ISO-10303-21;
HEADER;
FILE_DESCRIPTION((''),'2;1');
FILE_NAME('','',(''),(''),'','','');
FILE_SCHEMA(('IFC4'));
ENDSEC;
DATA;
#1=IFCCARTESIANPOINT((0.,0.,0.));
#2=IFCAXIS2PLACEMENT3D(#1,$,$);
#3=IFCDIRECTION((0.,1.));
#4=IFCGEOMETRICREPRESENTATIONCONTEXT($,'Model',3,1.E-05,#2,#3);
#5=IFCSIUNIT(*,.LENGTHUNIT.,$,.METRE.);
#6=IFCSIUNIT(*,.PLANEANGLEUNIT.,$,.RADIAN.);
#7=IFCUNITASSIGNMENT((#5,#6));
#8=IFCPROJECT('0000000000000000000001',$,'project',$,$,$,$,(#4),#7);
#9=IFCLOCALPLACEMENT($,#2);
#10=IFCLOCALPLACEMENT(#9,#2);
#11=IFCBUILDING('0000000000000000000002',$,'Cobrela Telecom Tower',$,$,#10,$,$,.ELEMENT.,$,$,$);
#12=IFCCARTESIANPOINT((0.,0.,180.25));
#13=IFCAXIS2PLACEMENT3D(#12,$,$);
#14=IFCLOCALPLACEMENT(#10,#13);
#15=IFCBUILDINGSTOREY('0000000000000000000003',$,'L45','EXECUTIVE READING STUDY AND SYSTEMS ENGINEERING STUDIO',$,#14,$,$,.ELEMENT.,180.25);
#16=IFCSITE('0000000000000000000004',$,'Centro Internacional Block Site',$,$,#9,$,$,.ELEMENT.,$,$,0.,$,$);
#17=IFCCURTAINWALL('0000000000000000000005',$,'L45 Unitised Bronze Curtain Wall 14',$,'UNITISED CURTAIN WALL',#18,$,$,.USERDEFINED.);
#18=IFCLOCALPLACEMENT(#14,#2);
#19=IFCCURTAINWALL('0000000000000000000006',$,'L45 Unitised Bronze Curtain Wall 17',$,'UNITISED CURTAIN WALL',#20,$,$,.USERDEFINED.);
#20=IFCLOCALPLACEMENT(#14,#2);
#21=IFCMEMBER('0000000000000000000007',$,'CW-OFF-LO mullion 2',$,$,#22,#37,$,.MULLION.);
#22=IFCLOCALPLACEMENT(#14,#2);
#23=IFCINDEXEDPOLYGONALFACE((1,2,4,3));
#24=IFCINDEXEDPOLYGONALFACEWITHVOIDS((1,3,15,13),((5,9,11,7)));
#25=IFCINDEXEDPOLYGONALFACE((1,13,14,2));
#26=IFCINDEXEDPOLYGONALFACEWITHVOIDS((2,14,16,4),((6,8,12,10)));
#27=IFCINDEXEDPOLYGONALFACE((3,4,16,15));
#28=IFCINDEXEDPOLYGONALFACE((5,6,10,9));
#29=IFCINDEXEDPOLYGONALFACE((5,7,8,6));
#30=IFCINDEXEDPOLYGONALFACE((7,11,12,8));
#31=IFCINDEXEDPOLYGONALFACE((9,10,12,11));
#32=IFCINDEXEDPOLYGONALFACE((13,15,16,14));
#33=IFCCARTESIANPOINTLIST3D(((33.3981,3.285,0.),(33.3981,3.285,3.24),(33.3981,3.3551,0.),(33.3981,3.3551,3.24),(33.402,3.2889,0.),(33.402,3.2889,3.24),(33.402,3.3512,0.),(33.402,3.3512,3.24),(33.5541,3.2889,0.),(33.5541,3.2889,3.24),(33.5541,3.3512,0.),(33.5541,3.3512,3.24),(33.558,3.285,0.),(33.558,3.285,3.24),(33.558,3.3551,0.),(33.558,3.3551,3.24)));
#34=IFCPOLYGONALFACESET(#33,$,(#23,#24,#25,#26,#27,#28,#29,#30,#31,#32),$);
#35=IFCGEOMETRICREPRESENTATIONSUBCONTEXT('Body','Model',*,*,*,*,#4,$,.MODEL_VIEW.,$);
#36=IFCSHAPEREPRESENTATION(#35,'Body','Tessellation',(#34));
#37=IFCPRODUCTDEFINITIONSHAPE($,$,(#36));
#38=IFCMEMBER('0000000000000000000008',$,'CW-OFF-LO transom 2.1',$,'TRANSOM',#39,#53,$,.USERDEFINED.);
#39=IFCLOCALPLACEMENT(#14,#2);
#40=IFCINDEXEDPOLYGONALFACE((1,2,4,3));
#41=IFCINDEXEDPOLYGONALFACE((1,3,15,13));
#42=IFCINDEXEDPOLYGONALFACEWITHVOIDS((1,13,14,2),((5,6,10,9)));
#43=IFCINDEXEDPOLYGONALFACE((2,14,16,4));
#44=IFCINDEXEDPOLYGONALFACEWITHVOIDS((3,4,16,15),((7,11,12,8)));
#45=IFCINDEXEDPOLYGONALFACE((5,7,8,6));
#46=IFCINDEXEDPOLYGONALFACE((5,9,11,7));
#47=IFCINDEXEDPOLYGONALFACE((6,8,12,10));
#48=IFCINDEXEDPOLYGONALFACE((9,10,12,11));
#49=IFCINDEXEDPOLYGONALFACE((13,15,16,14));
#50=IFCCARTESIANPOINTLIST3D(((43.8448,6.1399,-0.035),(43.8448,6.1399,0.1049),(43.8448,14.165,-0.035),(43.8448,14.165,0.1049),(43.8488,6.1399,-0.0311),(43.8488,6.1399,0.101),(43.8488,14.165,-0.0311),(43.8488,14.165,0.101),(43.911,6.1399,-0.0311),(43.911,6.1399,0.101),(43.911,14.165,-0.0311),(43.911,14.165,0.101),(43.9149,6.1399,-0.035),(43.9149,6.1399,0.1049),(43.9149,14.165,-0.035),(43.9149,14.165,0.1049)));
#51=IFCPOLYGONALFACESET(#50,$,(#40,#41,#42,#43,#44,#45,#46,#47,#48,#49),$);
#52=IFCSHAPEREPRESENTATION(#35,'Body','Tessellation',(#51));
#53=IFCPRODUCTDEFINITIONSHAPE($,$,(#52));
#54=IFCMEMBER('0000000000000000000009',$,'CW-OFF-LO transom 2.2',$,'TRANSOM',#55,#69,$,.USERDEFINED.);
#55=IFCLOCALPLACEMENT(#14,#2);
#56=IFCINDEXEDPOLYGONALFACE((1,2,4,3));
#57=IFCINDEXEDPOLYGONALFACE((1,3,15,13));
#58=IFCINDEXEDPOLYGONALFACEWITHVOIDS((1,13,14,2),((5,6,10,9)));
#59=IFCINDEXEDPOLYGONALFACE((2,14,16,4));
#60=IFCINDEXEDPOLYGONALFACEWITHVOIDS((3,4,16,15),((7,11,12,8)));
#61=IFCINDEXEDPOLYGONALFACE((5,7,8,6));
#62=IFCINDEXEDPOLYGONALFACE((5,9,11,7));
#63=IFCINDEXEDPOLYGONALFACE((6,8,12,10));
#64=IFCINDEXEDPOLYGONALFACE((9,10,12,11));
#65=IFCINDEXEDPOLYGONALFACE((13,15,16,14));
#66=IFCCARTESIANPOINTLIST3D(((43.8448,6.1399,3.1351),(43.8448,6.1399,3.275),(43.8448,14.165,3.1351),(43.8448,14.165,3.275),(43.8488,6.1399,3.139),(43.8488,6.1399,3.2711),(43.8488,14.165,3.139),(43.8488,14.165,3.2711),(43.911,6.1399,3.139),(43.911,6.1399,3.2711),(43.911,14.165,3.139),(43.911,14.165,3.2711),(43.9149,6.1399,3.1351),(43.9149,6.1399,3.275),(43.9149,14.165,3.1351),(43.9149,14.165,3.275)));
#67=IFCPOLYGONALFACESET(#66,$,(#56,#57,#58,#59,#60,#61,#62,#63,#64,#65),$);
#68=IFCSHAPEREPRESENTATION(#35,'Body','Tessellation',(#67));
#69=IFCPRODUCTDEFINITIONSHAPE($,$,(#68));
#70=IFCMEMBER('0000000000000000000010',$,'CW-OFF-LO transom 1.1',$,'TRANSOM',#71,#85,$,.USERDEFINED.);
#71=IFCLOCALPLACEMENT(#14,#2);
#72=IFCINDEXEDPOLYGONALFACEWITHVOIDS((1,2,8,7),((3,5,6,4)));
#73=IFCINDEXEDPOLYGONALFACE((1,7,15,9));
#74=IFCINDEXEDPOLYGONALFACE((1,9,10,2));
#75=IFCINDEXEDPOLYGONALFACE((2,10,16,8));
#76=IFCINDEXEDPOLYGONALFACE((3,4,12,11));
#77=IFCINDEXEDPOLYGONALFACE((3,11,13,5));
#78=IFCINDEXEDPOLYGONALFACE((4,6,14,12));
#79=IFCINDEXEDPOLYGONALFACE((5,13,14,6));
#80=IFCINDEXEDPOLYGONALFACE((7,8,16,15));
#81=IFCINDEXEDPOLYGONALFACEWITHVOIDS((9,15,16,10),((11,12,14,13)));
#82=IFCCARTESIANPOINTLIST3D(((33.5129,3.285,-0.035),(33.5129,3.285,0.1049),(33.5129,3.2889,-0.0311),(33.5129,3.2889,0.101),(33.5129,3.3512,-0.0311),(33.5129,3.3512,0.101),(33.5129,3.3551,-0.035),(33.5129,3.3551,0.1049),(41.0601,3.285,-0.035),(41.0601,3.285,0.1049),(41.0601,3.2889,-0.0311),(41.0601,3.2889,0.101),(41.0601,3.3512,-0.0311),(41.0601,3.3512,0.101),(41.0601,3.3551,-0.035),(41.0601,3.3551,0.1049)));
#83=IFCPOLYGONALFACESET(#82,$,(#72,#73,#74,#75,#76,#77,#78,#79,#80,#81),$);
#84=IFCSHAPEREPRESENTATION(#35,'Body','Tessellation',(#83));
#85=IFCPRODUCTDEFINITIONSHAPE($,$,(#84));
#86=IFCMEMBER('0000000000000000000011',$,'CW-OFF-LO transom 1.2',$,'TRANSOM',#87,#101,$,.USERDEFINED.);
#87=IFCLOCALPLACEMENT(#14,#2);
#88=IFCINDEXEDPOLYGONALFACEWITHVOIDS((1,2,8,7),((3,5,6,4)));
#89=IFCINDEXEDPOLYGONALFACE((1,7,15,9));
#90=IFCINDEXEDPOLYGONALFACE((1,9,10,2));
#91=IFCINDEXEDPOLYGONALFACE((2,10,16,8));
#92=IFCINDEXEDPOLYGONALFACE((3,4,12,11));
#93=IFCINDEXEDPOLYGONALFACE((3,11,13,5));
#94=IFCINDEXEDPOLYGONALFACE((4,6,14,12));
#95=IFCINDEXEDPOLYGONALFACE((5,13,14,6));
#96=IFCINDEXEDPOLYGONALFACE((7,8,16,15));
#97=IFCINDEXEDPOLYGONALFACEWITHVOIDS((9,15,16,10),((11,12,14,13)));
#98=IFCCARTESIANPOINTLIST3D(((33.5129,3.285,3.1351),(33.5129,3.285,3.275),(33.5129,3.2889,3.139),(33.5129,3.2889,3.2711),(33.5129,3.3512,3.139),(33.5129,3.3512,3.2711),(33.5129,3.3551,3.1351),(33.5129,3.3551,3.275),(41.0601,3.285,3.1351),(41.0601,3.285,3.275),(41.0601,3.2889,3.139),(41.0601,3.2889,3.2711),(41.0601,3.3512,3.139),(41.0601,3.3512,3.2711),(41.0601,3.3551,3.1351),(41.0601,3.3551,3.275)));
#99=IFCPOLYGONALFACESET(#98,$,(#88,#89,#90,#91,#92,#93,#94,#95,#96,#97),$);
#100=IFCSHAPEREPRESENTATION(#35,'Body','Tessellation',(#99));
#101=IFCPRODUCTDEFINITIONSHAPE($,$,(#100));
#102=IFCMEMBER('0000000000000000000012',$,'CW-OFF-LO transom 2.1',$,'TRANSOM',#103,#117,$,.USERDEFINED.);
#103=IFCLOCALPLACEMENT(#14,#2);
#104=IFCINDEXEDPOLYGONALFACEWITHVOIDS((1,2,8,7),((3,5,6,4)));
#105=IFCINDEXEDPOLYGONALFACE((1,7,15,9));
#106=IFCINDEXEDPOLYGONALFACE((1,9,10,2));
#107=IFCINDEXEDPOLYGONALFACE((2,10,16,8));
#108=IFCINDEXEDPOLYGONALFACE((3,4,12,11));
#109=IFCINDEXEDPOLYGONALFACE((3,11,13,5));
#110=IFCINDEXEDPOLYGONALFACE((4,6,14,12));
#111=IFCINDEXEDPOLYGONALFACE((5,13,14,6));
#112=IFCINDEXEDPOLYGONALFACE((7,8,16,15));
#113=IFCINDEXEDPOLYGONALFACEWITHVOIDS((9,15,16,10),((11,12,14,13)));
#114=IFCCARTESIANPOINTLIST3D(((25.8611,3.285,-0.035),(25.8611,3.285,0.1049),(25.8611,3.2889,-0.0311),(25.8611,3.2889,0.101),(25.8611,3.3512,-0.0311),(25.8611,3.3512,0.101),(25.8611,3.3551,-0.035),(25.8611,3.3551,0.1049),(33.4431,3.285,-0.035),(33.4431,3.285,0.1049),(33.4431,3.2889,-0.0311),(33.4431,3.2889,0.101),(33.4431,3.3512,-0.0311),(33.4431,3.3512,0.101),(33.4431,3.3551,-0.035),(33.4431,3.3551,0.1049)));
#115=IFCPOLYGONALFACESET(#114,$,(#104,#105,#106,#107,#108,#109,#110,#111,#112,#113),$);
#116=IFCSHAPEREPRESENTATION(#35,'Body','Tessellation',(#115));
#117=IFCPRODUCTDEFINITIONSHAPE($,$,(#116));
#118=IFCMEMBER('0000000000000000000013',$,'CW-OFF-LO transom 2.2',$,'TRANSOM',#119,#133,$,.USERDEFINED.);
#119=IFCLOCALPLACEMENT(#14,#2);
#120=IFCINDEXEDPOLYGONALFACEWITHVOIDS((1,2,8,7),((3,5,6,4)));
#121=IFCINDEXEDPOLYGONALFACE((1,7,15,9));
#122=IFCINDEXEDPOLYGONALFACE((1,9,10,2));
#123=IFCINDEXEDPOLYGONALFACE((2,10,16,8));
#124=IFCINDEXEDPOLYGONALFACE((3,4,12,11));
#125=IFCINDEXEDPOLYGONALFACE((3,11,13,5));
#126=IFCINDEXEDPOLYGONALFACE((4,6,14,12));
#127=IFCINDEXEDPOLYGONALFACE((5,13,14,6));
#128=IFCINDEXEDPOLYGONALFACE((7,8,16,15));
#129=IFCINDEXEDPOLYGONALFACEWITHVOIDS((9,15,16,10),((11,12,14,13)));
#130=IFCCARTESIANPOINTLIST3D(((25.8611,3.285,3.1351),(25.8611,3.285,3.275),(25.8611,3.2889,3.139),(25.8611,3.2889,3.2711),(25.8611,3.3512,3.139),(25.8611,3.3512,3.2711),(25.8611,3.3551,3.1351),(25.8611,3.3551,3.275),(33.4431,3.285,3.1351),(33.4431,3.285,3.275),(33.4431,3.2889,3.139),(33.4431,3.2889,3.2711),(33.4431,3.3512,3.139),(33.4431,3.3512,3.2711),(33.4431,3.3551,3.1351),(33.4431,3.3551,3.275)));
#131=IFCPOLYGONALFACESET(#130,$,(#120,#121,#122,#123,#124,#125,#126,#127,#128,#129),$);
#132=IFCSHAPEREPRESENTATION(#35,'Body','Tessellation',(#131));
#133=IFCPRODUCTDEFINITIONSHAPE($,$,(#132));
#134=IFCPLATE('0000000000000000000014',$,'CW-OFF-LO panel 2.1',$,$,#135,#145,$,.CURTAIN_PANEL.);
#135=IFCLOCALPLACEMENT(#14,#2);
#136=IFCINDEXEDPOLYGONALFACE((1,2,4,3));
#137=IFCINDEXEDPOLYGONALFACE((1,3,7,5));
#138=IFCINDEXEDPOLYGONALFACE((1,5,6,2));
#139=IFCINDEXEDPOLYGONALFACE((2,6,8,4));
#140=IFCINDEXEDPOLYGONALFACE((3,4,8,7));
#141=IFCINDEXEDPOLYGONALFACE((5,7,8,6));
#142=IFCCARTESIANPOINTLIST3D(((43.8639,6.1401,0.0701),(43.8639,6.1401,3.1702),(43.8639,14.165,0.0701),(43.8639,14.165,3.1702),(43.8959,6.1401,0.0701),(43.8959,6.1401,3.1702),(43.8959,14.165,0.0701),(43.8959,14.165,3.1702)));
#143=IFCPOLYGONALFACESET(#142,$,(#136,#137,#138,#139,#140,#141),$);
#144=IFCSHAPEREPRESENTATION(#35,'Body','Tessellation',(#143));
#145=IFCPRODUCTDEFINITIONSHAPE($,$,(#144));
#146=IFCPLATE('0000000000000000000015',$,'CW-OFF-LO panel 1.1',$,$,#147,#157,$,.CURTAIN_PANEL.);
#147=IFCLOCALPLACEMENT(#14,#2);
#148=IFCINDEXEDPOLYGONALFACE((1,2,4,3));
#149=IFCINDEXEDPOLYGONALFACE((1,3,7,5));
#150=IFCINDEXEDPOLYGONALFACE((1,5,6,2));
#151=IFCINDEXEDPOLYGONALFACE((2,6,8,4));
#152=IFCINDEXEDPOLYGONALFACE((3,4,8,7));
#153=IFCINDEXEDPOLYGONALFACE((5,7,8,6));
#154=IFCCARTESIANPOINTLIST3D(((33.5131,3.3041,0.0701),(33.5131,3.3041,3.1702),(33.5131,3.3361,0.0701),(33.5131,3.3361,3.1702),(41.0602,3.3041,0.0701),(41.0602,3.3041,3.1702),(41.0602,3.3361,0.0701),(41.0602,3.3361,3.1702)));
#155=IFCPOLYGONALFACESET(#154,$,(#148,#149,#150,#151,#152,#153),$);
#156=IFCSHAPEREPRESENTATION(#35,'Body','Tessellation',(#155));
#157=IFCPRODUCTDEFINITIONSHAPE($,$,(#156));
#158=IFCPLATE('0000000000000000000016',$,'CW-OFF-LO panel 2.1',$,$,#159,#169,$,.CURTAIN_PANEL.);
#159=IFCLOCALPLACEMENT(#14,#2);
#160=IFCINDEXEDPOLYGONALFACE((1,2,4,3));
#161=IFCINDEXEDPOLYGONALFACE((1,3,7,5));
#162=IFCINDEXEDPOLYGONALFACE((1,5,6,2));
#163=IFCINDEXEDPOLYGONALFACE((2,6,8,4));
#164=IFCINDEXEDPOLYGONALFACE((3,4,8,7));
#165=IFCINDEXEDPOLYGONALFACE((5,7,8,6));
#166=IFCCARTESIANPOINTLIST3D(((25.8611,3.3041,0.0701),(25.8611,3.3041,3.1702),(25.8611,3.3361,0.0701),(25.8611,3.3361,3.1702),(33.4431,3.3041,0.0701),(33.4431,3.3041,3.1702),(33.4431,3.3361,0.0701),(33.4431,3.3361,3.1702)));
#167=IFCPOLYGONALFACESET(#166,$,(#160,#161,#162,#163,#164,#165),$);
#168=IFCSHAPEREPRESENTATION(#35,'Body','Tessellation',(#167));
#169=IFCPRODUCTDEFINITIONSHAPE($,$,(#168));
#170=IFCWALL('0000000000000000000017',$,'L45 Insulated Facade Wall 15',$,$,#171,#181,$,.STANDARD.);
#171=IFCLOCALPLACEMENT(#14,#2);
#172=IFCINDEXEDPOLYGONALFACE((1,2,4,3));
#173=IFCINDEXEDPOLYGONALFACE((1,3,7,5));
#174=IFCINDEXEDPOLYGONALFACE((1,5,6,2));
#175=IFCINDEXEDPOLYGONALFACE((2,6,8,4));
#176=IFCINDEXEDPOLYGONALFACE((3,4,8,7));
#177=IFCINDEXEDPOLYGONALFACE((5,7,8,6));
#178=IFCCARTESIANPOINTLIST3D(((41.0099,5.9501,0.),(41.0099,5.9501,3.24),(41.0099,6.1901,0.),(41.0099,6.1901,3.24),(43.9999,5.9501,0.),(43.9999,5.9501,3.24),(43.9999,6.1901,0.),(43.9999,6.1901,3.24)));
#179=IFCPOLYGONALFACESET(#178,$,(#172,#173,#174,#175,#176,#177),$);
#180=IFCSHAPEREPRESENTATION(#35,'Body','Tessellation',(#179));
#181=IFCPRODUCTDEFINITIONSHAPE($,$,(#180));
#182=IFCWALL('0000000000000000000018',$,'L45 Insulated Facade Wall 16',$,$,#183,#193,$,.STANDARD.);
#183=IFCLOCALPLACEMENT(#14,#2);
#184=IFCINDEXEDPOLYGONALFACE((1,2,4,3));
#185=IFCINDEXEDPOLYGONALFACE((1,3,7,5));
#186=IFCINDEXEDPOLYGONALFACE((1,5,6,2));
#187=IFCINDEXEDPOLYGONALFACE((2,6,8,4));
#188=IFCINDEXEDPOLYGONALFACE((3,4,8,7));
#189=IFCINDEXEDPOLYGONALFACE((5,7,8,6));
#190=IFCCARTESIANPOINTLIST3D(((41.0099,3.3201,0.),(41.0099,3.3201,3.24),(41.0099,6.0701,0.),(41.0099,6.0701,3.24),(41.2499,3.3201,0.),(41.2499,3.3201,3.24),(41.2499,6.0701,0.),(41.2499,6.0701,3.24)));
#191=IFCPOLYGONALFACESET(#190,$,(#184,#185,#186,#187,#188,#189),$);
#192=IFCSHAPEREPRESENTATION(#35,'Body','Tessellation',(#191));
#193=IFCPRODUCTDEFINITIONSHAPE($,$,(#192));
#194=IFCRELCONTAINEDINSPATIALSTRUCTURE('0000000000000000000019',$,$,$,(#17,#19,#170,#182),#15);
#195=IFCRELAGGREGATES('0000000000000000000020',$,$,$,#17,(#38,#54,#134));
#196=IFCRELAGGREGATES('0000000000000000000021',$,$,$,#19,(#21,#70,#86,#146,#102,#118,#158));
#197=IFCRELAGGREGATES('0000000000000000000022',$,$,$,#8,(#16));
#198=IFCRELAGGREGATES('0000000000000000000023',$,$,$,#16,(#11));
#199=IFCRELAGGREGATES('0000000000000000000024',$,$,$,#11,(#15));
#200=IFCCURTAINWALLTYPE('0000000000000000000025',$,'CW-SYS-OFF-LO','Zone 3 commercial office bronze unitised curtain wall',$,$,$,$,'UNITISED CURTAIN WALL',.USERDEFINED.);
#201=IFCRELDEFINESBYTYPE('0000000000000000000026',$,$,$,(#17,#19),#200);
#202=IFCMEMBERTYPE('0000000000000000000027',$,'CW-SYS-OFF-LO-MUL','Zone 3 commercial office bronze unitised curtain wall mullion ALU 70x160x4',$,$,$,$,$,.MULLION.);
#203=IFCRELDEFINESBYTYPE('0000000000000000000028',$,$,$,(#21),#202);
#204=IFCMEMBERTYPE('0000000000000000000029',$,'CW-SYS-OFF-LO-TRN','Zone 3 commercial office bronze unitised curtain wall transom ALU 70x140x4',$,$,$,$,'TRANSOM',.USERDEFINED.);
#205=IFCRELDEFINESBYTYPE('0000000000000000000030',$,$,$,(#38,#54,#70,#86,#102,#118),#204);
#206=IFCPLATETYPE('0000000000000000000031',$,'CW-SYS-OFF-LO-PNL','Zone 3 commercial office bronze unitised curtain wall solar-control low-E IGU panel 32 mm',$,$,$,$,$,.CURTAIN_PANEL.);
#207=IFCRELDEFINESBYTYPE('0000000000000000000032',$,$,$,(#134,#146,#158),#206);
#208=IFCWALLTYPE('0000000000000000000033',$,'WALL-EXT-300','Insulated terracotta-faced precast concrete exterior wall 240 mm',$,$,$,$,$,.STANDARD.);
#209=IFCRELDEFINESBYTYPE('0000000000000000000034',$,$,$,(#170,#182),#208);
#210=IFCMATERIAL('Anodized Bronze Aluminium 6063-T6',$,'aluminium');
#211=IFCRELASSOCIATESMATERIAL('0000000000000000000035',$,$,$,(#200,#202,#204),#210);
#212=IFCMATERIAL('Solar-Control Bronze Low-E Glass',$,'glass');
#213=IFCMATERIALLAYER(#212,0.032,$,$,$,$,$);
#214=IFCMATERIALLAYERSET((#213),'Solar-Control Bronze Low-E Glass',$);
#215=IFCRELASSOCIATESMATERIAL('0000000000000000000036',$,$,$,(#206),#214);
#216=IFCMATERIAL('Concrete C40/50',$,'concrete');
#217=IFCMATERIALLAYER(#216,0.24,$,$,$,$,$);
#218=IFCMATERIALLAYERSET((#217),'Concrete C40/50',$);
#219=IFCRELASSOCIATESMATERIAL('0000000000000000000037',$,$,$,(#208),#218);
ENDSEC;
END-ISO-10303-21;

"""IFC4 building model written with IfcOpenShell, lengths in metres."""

from ifc_helpers import new_model, si_unit, direction, frame, frame_2d, origin, origin_2d, place, context, subcontext, project, spatial, rectangle, hollow_rectangle, extrude, material, layer, layer_set, material_profile, profile_set, type_object, element, aggregate, save


model = new_model("IFC4")

# Units and contexts
model_context = context("Model", 3, precision=1e-05, world=origin(), true_north=direction((0.0, 1.0)))
body_context = subcontext(model_context, "Body", "Model", "MODEL_VIEW")
ifc_project = project(units=[si_unit("LENGTHUNIT", "METRE"), si_unit("PLANEANGLEUNIT", "RADIAN")], contexts=[model_context])

# Site, building, storey
site_placement = place(None, origin())
site = spatial("IfcSite", under=ifc_project, at=site_placement, Name="Centro Internacional Block Site", CompositionType="ELEMENT", RefElevation=0.0)
building_placement = place(site_placement, origin())
building = spatial("IfcBuilding", under=site, at=building_placement, Name="Cobrela Telecom Tower", CompositionType="ELEMENT")
storey_placement = place(building_placement, frame((0.0, 0.0, 180.25)))
storey = spatial("IfcBuildingStorey", under=building, at=storey_placement, Name="L45", Description="EXECUTIVE READING STUDY AND SYSTEMS ENGINEERING STUDIO", CompositionType="ELEMENT", Elevation=180.25)

# Curtain walls, member
ifc_material_1 = material(Name="Anodized Bronze Aluminium 6063-T6", Category="aluminium")
curtain_wall_type = type_object("IfcCurtainWallType", Name="CW-SYS-OFF-LO", Description="Zone 3 commercial office bronze unitised curtain wall", ElementType="UNITISED CURTAIN WALL", PredefinedType="USERDEFINED", material=ifc_material_1)
curtain_wall_1_placement = place(storey_placement, origin())
curtain_wall_1 = element("IfcCurtainWall", 1, at=curtain_wall_1_placement, inside=storey, type_object=curtain_wall_type, Name="L45 Unitised Bronze Curtain Wall 14", ObjectType="UNITISED CURTAIN WALL", PredefinedType="USERDEFINED")
ifc_material_profile_1 = material_profile(ifc_material_1, hollow_rectangle(XDim=0.0701, YDim=0.1599, WallThickness=0.0039, at=origin_2d()), Name="ALU 70x160x4")
ifc_profile_set_1 = profile_set([ifc_material_profile_1], Name="Anodized Bronze Aluminium 6063-T6")
member_type_1 = type_object("IfcMemberType", Name="CW-SYS-OFF-LO-MUL", Description="Zone 3 commercial office bronze unitised curtain wall mullion ALU 70x160x4", PredefinedType="MULLION", material=ifc_profile_set_1)
curtain_wall_2_placement = place(storey_placement, origin())
curtain_wall_2 = element("IfcCurtainWall", 2, at=curtain_wall_2_placement, inside=storey, type_object=curtain_wall_type, Name="L45 Unitised Bronze Curtain Wall 17", ObjectType="UNITISED CURTAIN WALL", PredefinedType="USERDEFINED")
member_1_placement = place(storey_placement, frame((33.478, 3.3201, 0.0), z_axis=(0.0, 0.0, 1.0), x_axis=(0.0, -1.0, 0.0)))
member_1 = element("IfcMember", 3, at=member_1_placement, type_object=member_type_1, Name="CW-OFF-LO mullion 2", PredefinedType="MULLION", context=body_context, shape_type="SweptSolid", body=[
    extrude(hollow_rectangle(XDim=0.0701, YDim=0.1599, WallThickness=0.0039, at=origin_2d()), origin(), (0.0, 0.0, 1.0), 3.24),
])

# Members
ifc_material_profile_2 = material_profile(ifc_material_1, hollow_rectangle(XDim=0.0701, YDim=0.1399, WallThickness=0.0039, at=origin_2d()), Name="ALU 70x140x4")
ifc_profile_set_2 = profile_set([ifc_material_profile_2], Name="Anodized Bronze Aluminium 6063-T6")
member_type_2 = type_object("IfcMemberType", Name="CW-SYS-OFF-LO-TRN", Description="Zone 3 commercial office bronze unitised curtain wall transom ALU 70x140x4", ElementType="TRANSOM", PredefinedType="USERDEFINED", material=ifc_profile_set_2)
member_2_placement = place(storey_placement, frame((43.8799, 14.165, 0.0349), z_axis=(0.0, -1.0, 0.0), x_axis=(1.0, 0.0, 0.0)))
member_2 = element("IfcMember", 4, at=member_2_placement, type_object=member_type_2, Name="CW-OFF-LO transom 2.1", ObjectType="TRANSOM", PredefinedType="USERDEFINED", context=body_context, shape_type="SweptSolid", body=[
    extrude(hollow_rectangle(XDim=0.0701, YDim=0.1399, WallThickness=0.0039, at=origin_2d()), origin(), (0.0, 0.0, 1.0), 8.0251),
])
member_3_placement = place(storey_placement, frame((43.8799, 14.165, 3.2051), z_axis=(0.0, -1.0, 0.0), x_axis=(1.0, 0.0, 0.0)))
member_3 = element("IfcMember", 5, at=member_3_placement, type_object=member_type_2, Name="CW-OFF-LO transom 2.2", ObjectType="TRANSOM", PredefinedType="USERDEFINED", context=body_context, shape_type="SweptSolid", body=[
    extrude(hollow_rectangle(XDim=0.0701, YDim=0.1399, WallThickness=0.0039, at=origin_2d()), origin(), (0.0, 0.0, 1.0), 8.0251),
])
member_4_placement = place(storey_placement, frame((41.0601, 3.3201, 0.0349), z_axis=(-1.0, 0.0, 0.0), x_axis=(0.0, -1.0, 0.0)))
member_4 = element("IfcMember", 6, at=member_4_placement, type_object=member_type_2, Name="CW-OFF-LO transom 1.1", ObjectType="TRANSOM", PredefinedType="USERDEFINED", context=body_context, shape_type="SweptSolid", body=[
    extrude(hollow_rectangle(XDim=0.0701, YDim=0.1399, WallThickness=0.0039, at=origin_2d()), origin(), (0.0, 0.0, 1.0), 7.5471),
])
member_5_placement = place(storey_placement, frame((41.0601, 3.3201, 3.2051), z_axis=(-1.0, 0.0, 0.0), x_axis=(0.0, -1.0, 0.0)))
member_5 = element("IfcMember", 7, at=member_5_placement, type_object=member_type_2, Name="CW-OFF-LO transom 1.2", ObjectType="TRANSOM", PredefinedType="USERDEFINED", context=body_context, shape_type="SweptSolid", body=[
    extrude(hollow_rectangle(XDim=0.0701, YDim=0.1399, WallThickness=0.0039, at=origin_2d()), origin(), (0.0, 0.0, 1.0), 7.5471),
])
member_6_placement = place(storey_placement, frame((33.4431, 3.3201, 0.0349), z_axis=(-1.0, 0.0, 0.0), x_axis=(0.0, -1.0, 0.0)))
member_6 = element("IfcMember", 8, at=member_6_placement, type_object=member_type_2, Name="CW-OFF-LO transom 2.1", ObjectType="TRANSOM", PredefinedType="USERDEFINED", context=body_context, shape_type="SweptSolid", body=[
    extrude(hollow_rectangle(XDim=0.0701, YDim=0.1399, WallThickness=0.0039, at=origin_2d()), origin(), (0.0, 0.0, 1.0), 7.582),
])
member_7_placement = place(storey_placement, frame((33.4431, 3.3201, 3.2051), z_axis=(-1.0, 0.0, 0.0), x_axis=(0.0, -1.0, 0.0)))
member_7 = element("IfcMember", 9, at=member_7_placement, type_object=member_type_2, Name="CW-OFF-LO transom 2.2", ObjectType="TRANSOM", PredefinedType="USERDEFINED", context=body_context, shape_type="SweptSolid", body=[
    extrude(hollow_rectangle(XDim=0.0701, YDim=0.1399, WallThickness=0.0039, at=origin_2d()), origin(), (0.0, 0.0, 1.0), 7.582),
])

# Plates
ifc_material_2 = material(Name="Solar-Control Bronze Low-E Glass", Category="glass")
ifc_layer_1 = layer(ifc_material_2, 0.032)
ifc_layer_set_1 = layer_set([ifc_layer_1], Name="Solar-Control Bronze Low-E Glass")
plate_type = type_object("IfcPlateType", Name="CW-SYS-OFF-LO-PNL", Description="Zone 3 commercial office bronze unitised curtain wall solar-control low-E IGU panel 32 mm", PredefinedType="CURTAIN_PANEL", material=ifc_layer_set_1)
plate_1_placement = place(storey_placement, frame((43.8799, 10.1526, 0.0701), z_axis=(0.0, 0.0, 1.0), x_axis=(0.0, -1.0, 0.0)))
plate_1 = element("IfcPlate", 10, at=plate_1_placement, type_object=plate_type, Name="CW-OFF-LO panel 2.1", PredefinedType="CURTAIN_PANEL", context=body_context, shape_type="SweptSolid", body=[
    extrude(rectangle(XDim=8.0249, YDim=0.032, at=origin_2d()), origin(), (0.0, 0.0, 1.0), 3.1001),
])
aggregate(curtain_wall_1, [member_2, member_3, plate_1])
plate_2_placement = place(storey_placement, frame((37.2866, 3.3201, 0.0701), z_axis=(0.0, 0.0, 1.0), x_axis=(-1.0, 0.0, 0.0)))
plate_2 = element("IfcPlate", 11, at=plate_2_placement, type_object=plate_type, Name="CW-OFF-LO panel 1.1", PredefinedType="CURTAIN_PANEL", context=body_context, shape_type="SweptSolid", body=[
    extrude(rectangle(XDim=7.5471, YDim=0.032, at=origin_2d()), origin(), (0.0, 0.0, 1.0), 3.1001),
])
plate_3_placement = place(storey_placement, frame((29.6521, 3.3201, 0.0701), z_axis=(0.0, 0.0, 1.0), x_axis=(-1.0, 0.0, 0.0)))
plate_3 = element("IfcPlate", 12, at=plate_3_placement, type_object=plate_type, Name="CW-OFF-LO panel 2.1", PredefinedType="CURTAIN_PANEL", context=body_context, shape_type="SweptSolid", body=[
    extrude(rectangle(XDim=7.582, YDim=0.032, at=origin_2d()), origin(), (0.0, 0.0, 1.0), 3.1001),
])
aggregate(curtain_wall_2, [member_1, member_4, member_5, plate_2, member_6, member_7, plate_3])

# Walls
ifc_material_3 = material(Name="Concrete C40/50", Category="concrete")
ifc_layer_2 = layer(ifc_material_3, 0.24)
ifc_layer_set_2 = layer_set([ifc_layer_2], Name="Concrete C40/50")
wall_type = type_object("IfcWallType", Name="WALL-EXT-300", Description="Insulated terracotta-faced precast concrete exterior wall 240 mm", PredefinedType="STANDARD", material=ifc_layer_set_2)
wall_1_placement = place(storey_placement, frame((44.0, 6.0701, 0.0), z_axis=(0.0, 0.0, 1.0), x_axis=(-1.0, 0.0, 0.0)))
element("IfcWall", 13, at=wall_1_placement, inside=storey, type_object=wall_type, Name="L45 Insulated Facade Wall 15", PredefinedType="STANDARD", context=body_context, shape_type="SweptSolid", body=[
    extrude(rectangle(XDim=2.99, YDim=0.24, at=frame_2d((1.4951, 0.0))), origin(), (0.0, 0.0, 1.0), 3.24),
])
wall_2_placement = place(storey_placement, frame((41.1299, 6.0701, 0.0), z_axis=(0.0, 0.0, 1.0), x_axis=(0.0, -1.0, 0.0)))
element("IfcWall", 14, at=wall_2_placement, inside=storey, type_object=wall_type, Name="L45 Insulated Facade Wall 16", PredefinedType="STANDARD", context=body_context, shape_type="SweptSolid", body=[
    extrude(rectangle(XDim=2.75, YDim=0.24, at=frame_2d((1.375, 0.0))), origin(), (0.0, 0.0, 1.0), 3.24),
])

save(model, "model.ifc")
